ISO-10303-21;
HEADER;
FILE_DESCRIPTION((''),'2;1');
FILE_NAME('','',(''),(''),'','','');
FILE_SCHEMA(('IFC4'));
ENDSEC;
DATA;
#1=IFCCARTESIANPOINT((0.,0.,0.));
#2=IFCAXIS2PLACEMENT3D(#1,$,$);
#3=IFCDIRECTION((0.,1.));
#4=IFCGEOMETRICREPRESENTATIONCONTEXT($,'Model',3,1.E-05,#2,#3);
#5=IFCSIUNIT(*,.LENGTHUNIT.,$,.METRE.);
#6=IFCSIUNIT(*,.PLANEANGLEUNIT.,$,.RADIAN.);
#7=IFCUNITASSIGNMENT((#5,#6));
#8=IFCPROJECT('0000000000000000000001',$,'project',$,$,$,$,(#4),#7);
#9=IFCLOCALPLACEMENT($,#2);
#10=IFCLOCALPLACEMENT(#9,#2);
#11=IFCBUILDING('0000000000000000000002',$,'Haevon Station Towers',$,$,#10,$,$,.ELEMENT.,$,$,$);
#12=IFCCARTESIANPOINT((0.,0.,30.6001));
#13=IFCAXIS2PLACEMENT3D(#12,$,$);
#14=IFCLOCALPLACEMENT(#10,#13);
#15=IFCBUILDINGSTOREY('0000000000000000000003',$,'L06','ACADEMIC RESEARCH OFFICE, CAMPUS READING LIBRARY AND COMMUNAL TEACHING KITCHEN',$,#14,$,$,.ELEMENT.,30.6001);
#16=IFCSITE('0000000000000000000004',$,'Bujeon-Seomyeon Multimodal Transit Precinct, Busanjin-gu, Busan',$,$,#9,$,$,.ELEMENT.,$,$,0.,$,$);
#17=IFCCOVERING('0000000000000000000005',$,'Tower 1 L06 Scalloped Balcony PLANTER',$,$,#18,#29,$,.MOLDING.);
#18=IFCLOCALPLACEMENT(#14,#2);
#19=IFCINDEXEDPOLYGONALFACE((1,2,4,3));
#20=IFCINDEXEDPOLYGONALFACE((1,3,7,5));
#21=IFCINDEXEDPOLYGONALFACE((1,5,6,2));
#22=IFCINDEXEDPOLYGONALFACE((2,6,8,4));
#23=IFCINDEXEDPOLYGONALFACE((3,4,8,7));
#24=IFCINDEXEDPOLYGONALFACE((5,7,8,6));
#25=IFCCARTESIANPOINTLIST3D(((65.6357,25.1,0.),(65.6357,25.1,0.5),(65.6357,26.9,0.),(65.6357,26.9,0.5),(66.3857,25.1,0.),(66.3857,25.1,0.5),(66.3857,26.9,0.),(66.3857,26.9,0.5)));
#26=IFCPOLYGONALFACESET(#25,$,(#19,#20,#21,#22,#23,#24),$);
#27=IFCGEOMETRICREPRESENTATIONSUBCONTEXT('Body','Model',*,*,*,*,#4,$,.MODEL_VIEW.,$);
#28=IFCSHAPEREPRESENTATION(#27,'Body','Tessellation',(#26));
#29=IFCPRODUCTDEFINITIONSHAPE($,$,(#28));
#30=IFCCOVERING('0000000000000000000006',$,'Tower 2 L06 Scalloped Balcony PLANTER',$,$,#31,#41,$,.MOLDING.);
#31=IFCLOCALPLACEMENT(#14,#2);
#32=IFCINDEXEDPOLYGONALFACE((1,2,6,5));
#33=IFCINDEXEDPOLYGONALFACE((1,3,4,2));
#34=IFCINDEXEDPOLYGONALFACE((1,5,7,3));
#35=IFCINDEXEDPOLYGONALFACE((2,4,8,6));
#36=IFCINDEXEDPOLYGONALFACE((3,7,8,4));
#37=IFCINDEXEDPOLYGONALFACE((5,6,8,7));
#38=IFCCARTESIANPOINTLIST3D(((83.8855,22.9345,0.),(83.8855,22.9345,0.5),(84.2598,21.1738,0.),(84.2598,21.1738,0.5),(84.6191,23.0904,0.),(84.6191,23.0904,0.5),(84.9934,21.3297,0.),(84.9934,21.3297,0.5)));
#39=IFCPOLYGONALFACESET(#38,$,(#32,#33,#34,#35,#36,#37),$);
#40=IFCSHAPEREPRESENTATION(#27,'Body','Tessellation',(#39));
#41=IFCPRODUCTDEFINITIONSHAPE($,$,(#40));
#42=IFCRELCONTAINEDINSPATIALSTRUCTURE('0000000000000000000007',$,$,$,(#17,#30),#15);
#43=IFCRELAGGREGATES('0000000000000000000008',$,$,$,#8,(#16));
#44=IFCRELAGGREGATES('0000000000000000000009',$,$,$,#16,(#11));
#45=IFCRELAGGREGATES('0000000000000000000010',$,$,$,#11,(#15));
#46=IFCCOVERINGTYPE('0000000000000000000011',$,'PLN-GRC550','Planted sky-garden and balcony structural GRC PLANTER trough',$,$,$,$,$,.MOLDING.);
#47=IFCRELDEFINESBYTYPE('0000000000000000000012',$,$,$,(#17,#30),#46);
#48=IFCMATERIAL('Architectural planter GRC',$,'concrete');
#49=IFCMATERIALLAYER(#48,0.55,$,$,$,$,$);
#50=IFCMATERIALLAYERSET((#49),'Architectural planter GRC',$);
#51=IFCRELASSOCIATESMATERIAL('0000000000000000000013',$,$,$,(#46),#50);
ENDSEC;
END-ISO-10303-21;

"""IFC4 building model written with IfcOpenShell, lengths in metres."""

from ifc_helpers import new_model, si_unit, direction, frame, origin, origin_2d, place, context, subcontext, project, spatial, rectangle, extrude, material, layer, layer_set, type_object, element, save


model = new_model("IFC4")

# Units and contexts
model_context = context("Model", 3, precision=1e-05, world=origin(), true_north=direction((0.0, 1.0)))
body_context = subcontext(model_context, "Body", "Model", "MODEL_VIEW")
ifc_project = project(units=[si_unit("LENGTHUNIT", "METRE"), si_unit("PLANEANGLEUNIT", "RADIAN")], contexts=[model_context])

# Site, building, storey
site_placement = place(None, origin())
site = spatial("IfcSite", under=ifc_project, at=site_placement, Name="Bujeon-Seomyeon Multimodal Transit Precinct, Busanjin-gu, Busan", CompositionType="ELEMENT", RefElevation=0.0)
building_placement = place(site_placement, origin())
building = spatial("IfcBuilding", under=site, at=building_placement, Name="Haevon Station Towers", CompositionType="ELEMENT")
storey_placement = place(building_placement, frame((0.0, 0.0, 30.6001)))
storey = spatial("IfcBuildingStorey", under=building, at=storey_placement, Name="L06", Description="ACADEMIC RESEARCH OFFICE, CAMPUS READING LIBRARY AND COMMUNAL TEACHING KITCHEN", CompositionType="ELEMENT", Elevation=30.6001)

# Coverings
ifc_material_1 = material(Name="Architectural planter GRC", Category="concrete")
ifc_layer_1 = layer(ifc_material_1, 0.55)
ifc_layer_set_1 = layer_set([ifc_layer_1], Name="Architectural planter GRC")
covering_type = type_object("IfcCoveringType", Name="PLN-GRC550", Description="Planted sky-garden and balcony structural GRC PLANTER trough", PredefinedType="MOLDING", material=ifc_layer_set_1)
for number, where, z_axis, x_axis, name in (
    (1, (66.0107, 26.0, 0.0), (0.0, 0.0, 1.0), (1.0, 0.0, 0.0), "Tower 1 L06 Scalloped Balcony PLANTER"),
    (2, (84.4395, 22.1321, 0.0), (0.0, 0.0, 1.0), (0.978148, 0.207912, 0.0), "Tower 2 L06 Scalloped Balcony PLANTER"),
):
    element("IfcCovering", number, at=place(storey_placement, frame(where, z_axis=z_axis, x_axis=x_axis)), inside=storey, type_object=covering_type, Name=name, PredefinedType="MOLDING", context=body_context, shape_type="SweptSolid", body=[
        extrude(rectangle(XDim=0.75, YDim=1.8, at=origin_2d()), origin(), (0.0, 0.0, 1.0), 0.5),
    ])

save(model, "model.ifc")
